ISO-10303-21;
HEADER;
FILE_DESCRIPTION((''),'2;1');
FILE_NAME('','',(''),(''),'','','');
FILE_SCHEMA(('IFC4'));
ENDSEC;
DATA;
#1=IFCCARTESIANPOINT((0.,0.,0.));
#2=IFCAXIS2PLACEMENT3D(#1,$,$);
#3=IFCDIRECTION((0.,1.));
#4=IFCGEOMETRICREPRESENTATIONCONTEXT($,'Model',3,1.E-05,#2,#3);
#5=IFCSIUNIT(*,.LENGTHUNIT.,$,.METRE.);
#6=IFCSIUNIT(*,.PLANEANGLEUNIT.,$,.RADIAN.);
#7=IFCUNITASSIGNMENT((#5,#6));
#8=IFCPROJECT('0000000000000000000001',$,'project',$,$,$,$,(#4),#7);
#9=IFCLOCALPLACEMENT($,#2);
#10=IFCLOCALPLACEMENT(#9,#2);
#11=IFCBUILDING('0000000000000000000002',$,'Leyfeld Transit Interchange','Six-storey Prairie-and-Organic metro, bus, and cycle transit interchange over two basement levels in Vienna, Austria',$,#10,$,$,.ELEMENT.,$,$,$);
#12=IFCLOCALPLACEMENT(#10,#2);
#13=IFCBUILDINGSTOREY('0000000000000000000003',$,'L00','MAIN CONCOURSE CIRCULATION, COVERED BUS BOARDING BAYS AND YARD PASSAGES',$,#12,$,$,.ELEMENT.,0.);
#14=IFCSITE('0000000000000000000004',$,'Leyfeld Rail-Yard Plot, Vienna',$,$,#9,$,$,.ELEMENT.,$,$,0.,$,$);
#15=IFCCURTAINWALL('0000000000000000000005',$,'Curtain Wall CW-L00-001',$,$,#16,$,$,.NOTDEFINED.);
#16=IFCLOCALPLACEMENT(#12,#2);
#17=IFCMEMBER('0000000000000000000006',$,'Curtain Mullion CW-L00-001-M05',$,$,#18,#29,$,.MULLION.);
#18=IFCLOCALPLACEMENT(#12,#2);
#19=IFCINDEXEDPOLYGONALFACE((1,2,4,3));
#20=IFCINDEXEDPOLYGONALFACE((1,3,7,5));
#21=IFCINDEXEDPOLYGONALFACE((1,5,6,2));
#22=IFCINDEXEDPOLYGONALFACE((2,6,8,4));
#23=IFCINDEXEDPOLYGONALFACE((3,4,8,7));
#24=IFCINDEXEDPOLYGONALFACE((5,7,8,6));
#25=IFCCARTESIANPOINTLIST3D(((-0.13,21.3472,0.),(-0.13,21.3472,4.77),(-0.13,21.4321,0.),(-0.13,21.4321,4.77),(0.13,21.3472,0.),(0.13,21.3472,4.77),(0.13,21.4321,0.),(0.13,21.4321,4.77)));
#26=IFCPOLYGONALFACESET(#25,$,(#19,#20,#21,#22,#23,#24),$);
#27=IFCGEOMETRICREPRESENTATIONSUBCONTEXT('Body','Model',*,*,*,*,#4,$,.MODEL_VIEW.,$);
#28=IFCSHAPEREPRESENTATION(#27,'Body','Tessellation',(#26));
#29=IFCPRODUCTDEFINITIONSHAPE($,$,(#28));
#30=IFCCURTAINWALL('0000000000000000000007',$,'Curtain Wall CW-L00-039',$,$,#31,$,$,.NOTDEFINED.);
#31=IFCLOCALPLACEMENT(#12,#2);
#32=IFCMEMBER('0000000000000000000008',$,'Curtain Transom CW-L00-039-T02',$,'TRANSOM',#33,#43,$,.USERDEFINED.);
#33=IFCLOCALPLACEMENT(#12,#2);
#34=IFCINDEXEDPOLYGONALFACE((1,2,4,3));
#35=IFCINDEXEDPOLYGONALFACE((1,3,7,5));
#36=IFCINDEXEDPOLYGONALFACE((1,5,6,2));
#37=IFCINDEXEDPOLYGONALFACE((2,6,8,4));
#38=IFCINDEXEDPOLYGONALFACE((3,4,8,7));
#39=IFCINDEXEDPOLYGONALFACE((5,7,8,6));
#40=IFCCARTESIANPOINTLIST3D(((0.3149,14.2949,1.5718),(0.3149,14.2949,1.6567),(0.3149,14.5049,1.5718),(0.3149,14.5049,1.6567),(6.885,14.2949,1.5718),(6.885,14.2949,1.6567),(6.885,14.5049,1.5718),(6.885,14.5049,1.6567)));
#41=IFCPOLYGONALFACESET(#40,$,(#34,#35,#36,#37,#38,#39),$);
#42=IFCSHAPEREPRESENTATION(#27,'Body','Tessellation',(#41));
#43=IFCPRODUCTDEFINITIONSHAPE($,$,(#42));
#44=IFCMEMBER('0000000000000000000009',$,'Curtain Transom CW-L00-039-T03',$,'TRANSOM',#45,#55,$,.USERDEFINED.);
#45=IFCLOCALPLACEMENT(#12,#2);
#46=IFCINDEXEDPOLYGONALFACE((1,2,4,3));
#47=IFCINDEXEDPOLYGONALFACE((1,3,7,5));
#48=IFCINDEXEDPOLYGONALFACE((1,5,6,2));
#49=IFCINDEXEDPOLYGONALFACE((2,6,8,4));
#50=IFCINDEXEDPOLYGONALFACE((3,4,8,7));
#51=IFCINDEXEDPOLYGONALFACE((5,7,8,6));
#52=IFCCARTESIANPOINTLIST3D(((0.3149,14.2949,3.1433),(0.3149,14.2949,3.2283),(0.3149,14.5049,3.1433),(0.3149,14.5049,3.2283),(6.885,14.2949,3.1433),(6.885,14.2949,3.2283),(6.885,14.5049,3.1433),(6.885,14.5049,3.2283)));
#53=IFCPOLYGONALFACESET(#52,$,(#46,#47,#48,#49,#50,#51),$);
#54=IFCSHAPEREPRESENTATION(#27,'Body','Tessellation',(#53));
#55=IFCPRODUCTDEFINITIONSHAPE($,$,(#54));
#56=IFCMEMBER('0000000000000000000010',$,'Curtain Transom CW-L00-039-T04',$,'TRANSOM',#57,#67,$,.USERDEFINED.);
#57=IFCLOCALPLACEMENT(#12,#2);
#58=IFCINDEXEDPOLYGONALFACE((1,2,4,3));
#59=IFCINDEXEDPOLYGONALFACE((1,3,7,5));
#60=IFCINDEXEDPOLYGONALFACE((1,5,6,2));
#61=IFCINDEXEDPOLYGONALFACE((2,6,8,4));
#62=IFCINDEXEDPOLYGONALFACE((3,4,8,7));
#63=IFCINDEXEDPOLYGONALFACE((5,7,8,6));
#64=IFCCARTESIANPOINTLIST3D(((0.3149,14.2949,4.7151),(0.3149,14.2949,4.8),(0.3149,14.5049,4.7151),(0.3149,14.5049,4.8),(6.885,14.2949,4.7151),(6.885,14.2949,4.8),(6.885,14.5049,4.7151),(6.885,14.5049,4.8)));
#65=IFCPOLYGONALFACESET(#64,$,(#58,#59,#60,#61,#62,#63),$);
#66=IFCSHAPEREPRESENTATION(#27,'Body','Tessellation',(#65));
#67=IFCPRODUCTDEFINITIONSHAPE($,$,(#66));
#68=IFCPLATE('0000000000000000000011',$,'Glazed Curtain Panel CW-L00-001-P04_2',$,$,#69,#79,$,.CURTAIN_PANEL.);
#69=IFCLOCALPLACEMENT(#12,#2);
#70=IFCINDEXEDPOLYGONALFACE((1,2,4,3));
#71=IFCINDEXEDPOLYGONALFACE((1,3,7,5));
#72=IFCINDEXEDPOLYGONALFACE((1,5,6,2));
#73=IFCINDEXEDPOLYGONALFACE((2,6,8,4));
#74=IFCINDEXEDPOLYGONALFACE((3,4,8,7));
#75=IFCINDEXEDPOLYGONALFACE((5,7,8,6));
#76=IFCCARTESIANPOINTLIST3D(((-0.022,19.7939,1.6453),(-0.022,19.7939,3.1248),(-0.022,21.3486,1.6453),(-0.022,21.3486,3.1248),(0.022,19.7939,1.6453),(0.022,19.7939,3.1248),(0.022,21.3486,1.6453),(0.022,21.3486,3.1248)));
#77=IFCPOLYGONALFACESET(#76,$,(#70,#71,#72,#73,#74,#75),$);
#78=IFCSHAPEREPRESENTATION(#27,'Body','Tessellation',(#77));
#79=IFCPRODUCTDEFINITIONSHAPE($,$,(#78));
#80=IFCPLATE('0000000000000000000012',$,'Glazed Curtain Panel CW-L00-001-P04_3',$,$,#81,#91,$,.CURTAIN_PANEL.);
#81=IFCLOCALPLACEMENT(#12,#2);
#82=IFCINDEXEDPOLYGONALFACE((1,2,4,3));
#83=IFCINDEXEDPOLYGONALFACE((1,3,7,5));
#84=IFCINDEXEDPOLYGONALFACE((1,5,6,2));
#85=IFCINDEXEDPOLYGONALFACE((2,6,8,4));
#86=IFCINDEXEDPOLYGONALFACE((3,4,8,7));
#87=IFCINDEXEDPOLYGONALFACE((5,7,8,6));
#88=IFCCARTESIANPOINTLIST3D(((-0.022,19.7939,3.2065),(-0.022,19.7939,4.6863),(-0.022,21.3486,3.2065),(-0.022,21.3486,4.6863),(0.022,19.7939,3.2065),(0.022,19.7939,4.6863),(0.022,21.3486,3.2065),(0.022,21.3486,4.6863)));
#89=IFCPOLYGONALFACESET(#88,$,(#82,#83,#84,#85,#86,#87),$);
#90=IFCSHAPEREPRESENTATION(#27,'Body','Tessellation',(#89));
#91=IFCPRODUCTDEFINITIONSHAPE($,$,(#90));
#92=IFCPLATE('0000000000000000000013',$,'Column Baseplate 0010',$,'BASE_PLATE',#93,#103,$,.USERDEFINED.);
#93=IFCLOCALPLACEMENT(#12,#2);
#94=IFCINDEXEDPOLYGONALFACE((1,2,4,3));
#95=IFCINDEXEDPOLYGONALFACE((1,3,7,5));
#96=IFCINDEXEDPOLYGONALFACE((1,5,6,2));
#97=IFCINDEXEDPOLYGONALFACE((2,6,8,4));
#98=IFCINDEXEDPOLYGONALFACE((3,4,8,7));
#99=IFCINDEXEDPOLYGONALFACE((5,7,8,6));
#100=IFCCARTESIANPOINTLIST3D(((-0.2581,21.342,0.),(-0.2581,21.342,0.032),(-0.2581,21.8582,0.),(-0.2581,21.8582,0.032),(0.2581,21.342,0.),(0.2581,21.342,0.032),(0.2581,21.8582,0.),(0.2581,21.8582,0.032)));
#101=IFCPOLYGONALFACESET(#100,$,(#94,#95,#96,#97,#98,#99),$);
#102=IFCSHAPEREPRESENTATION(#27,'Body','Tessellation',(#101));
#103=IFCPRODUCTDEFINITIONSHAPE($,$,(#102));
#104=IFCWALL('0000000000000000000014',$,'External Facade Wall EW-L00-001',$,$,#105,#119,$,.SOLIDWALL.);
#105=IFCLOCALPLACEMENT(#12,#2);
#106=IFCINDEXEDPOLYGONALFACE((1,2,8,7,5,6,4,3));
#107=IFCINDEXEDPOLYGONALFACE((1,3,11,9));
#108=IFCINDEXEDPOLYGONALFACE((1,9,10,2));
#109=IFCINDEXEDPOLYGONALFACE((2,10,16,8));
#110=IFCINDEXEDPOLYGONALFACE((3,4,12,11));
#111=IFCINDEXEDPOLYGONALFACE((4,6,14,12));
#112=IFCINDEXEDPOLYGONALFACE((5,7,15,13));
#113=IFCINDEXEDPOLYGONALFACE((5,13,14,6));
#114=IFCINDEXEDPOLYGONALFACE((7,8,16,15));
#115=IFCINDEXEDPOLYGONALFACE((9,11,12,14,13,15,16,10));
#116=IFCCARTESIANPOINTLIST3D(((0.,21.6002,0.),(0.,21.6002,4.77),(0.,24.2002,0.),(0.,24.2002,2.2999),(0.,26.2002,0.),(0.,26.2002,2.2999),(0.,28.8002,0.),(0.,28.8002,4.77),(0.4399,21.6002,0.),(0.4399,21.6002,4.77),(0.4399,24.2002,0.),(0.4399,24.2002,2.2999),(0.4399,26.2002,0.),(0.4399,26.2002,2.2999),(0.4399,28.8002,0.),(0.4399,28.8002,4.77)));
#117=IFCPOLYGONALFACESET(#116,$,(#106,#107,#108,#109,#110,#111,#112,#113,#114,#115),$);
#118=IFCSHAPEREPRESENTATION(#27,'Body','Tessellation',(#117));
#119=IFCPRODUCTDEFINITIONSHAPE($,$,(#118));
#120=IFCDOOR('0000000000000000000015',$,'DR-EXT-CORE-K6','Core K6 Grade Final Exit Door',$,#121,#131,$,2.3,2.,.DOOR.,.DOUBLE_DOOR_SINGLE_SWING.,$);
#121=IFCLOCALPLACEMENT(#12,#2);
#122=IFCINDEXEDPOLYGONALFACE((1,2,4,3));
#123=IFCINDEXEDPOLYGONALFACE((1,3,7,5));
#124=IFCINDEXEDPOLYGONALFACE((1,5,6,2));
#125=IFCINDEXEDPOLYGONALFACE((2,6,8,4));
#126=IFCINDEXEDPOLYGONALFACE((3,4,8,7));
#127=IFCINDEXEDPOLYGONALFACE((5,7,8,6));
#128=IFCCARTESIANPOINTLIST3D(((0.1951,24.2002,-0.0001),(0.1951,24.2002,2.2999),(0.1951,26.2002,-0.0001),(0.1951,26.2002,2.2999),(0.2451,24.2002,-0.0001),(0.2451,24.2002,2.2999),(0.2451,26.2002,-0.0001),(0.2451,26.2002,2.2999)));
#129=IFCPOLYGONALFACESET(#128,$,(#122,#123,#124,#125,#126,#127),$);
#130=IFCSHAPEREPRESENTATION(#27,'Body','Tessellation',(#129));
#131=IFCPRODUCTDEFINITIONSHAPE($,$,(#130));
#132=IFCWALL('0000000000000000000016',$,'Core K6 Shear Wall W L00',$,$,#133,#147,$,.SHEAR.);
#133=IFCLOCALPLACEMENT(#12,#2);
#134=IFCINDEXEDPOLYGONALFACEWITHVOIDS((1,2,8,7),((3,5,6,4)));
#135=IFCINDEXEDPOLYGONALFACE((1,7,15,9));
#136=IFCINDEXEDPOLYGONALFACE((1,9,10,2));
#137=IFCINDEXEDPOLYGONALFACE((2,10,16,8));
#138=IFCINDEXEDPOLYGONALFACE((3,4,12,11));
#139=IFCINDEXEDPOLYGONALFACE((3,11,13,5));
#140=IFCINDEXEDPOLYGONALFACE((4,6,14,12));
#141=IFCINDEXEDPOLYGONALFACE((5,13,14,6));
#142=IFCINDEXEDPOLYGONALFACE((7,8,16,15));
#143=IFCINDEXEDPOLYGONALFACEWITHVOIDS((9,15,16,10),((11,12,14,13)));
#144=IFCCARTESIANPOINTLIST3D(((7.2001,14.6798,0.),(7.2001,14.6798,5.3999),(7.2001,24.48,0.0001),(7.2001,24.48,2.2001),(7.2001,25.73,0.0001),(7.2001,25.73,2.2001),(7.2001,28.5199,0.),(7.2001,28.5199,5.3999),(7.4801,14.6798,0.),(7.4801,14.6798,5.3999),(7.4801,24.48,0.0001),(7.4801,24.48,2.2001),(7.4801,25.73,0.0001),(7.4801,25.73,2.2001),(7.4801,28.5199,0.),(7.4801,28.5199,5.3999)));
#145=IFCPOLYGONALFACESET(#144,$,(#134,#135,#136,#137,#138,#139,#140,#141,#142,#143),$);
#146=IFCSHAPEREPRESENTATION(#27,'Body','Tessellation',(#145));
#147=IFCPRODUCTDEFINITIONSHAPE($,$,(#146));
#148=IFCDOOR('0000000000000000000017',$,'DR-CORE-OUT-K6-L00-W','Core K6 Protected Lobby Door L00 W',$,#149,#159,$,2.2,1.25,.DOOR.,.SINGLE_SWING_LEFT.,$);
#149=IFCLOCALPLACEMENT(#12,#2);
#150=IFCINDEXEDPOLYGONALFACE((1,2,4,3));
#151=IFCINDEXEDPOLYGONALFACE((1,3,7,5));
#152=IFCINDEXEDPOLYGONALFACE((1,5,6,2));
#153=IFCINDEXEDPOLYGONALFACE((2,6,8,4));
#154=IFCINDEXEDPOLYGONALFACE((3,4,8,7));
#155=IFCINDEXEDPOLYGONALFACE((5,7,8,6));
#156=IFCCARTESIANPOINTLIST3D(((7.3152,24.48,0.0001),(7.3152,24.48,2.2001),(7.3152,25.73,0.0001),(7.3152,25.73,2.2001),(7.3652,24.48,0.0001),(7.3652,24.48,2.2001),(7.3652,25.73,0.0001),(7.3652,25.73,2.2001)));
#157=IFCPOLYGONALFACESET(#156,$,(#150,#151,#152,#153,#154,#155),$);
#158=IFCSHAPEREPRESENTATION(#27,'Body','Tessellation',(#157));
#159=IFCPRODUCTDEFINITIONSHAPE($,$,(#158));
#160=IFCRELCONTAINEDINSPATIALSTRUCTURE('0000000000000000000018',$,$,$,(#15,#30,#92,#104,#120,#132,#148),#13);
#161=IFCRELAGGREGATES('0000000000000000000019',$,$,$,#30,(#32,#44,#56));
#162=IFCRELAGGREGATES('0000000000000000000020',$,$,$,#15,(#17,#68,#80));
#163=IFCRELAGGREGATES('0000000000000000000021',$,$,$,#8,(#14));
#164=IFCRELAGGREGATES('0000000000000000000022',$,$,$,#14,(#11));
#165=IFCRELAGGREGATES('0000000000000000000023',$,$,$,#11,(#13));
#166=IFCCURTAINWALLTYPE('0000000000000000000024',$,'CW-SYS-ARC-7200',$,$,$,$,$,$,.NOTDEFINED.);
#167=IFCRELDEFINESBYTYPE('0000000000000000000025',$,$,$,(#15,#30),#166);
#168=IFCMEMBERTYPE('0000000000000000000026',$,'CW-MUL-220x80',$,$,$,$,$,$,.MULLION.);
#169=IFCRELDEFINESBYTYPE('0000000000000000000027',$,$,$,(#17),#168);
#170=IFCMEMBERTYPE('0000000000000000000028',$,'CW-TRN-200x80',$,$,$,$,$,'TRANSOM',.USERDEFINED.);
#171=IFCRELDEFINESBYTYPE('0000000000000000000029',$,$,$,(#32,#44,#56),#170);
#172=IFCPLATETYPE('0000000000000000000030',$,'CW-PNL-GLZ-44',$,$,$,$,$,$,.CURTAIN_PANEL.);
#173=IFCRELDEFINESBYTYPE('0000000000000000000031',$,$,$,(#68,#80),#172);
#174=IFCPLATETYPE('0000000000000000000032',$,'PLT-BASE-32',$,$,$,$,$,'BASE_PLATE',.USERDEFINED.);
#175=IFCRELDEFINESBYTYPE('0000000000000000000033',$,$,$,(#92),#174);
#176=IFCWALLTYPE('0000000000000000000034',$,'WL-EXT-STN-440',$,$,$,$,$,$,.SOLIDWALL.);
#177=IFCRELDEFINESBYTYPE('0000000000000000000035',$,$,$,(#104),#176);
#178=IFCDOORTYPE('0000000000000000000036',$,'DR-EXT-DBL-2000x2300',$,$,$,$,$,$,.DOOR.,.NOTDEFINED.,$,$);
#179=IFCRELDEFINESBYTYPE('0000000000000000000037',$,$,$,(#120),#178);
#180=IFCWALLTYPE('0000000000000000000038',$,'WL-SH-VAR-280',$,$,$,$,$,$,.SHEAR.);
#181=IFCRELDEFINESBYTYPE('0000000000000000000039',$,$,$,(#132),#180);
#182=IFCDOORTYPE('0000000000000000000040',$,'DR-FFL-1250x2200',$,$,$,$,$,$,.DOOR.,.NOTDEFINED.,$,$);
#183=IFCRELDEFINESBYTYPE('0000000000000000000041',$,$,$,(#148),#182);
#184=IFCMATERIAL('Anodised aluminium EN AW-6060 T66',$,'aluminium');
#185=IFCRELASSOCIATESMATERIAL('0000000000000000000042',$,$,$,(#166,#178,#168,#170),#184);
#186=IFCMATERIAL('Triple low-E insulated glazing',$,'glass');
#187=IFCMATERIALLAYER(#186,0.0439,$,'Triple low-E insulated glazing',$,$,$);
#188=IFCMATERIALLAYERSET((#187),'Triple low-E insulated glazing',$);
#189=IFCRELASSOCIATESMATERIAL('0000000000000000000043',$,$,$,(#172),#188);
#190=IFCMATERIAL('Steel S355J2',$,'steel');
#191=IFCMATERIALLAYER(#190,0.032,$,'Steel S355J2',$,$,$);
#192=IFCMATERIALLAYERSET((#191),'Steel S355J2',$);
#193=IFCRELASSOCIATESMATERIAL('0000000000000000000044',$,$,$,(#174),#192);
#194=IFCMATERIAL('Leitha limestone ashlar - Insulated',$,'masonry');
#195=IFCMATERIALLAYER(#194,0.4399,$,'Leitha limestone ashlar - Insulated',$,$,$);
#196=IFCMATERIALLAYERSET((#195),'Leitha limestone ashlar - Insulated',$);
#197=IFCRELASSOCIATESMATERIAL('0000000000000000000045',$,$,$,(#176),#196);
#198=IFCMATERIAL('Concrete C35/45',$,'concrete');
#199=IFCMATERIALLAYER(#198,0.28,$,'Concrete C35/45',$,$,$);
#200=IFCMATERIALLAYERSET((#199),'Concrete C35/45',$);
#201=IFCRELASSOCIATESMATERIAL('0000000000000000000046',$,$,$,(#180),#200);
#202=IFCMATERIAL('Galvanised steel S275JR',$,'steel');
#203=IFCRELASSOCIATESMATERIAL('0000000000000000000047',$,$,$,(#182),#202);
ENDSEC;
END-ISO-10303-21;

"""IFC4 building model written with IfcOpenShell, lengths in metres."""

from ifc_helpers import new_model, si_unit, direction, frame, frame_2d, origin, origin_2d, place, context, subcontext, project, spatial, rectangle, extrude, material, layer, layer_set, material_profile, profile_set, type_object, element, fill, aggregate, save


model = new_model("IFC4")

# Units and contexts
model_context = context("Model", 3, precision=1e-05, world=origin(), true_north=direction((0.0, 1.0)))
body_context = subcontext(model_context, "Body", "Model", "MODEL_VIEW")
ifc_project = project(units=[si_unit("LENGTHUNIT", "METRE"), si_unit("PLANEANGLEUNIT", "RADIAN")], contexts=[model_context])

# Site, building, storey
site_placement = place(None, origin())
site = spatial("IfcSite", under=ifc_project, at=site_placement, Name="Leyfeld Rail-Yard Plot, Vienna", CompositionType="ELEMENT", RefElevation=0.0)
building_placement = place(site_placement, origin())
building = spatial("IfcBuilding", under=site, at=building_placement, Name="Leyfeld Transit Interchange", Description="Six-storey Prairie-and-Organic metro, bus, and cycle transit interchange over two basement levels in Vienna, Austria", CompositionType="ELEMENT")
storey_placement = place(building_placement, origin())
storey = spatial("IfcBuildingStorey", under=building, at=storey_placement, Name="L00", Description="MAIN CONCOURSE CIRCULATION, COVERED BUS BOARDING BAYS AND YARD PASSAGES", CompositionType="ELEMENT", Elevation=0.0)

# Shared definitions
ifc_material_1 = material(Name="Concrete C35/45", Category="concrete")
ifc_material_2 = material(Name="Steel S355J2", Category="steel")

# Curtain wall, member
ifc_material_3 = material(Name="Anodised aluminium EN AW-6060 T66", Category="aluminium")
curtain_wall_type = type_object("IfcCurtainWallType", Name="CW-SYS-ARC-7200", PredefinedType="NOTDEFINED", material=ifc_material_3)
curtain_wall_1_placement = place(storey_placement, origin())
curtain_wall_1 = element("IfcCurtainWall", 1, at=curtain_wall_1_placement, inside=storey, type_object=curtain_wall_type, Name="Curtain Wall CW-L00-001", PredefinedType="NOTDEFINED")
ifc_material_profile_1 = material_profile(ifc_material_3, rectangle(XDim=0.085, YDim=0.26, at=origin_2d()), Name="CW-M 85x260")
ifc_profile_set_1 = profile_set([ifc_material_profile_1], Name="Anodised aluminium EN AW-6060 T66")
member_type_1 = type_object("IfcMemberType", Name="CW-MUL-220x80", PredefinedType="MULLION", material=ifc_profile_set_1)
member_1_placement = place(storey_placement, frame((0.0, 21.3896, 0.0), z_axis=(0.0, 0.0, 1.0), x_axis=(0.0, 1.0, 0.0)))
member_1 = element("IfcMember", 2, at=member_1_placement, type_object=member_type_1, Name="Curtain Mullion CW-L00-001-M05", PredefinedType="MULLION", context=body_context, shape_type="SweptSolid", body=[
    extrude(rectangle(XDim=0.085, YDim=0.26, at=origin_2d()), origin(), (0.0, 0.0, 1.0), 4.77),
])

# Curtain wall, members
curtain_wall_2_placement = place(storey_placement, origin())
curtain_wall_2 = element("IfcCurtainWall", 3, at=curtain_wall_2_placement, inside=storey, type_object=curtain_wall_type, Name="Curtain Wall CW-L00-039", PredefinedType="NOTDEFINED")
ifc_material_profile_2 = material_profile(ifc_material_3, rectangle(XDim=0.21, YDim=0.085, at=origin_2d()), Name="CW-TRN-200x80")
ifc_profile_set_2 = profile_set([ifc_material_profile_2], Name="Anodised aluminium EN AW-6060 T66")
member_type_2 = type_object("IfcMemberType", Name="CW-TRN-200x80", ElementType="TRANSOM", PredefinedType="USERDEFINED", material=ifc_profile_set_2)
member_2_placement = place(storey_placement, frame((6.885, 14.3999, 1.6143), z_axis=(-1.0, 0.0, 0.0), x_axis=(0.0, -1.0, 0.0)))
member_2 = element("IfcMember", 4, at=member_2_placement, type_object=member_type_2, Name="Curtain Transom CW-L00-039-T02", ObjectType="TRANSOM", PredefinedType="USERDEFINED", context=body_context, shape_type="SweptSolid", body=[
    extrude(rectangle(XDim=0.21, YDim=0.085, at=origin_2d()), origin(), (0.0, 0.0, 1.0), 6.5701),
])
member_3_placement = place(storey_placement, frame((6.885, 14.3999, 3.1858), z_axis=(-1.0, 0.0, 0.0), x_axis=(0.0, -1.0, 0.0)))
member_3 = element("IfcMember", 5, at=member_3_placement, type_object=member_type_2, Name="Curtain Transom CW-L00-039-T03", ObjectType="TRANSOM", PredefinedType="USERDEFINED", context=body_context, shape_type="SweptSolid", body=[
    extrude(rectangle(XDim=0.21, YDim=0.085, at=origin_2d()), origin(), (0.0, 0.0, 1.0), 6.5701),
])
member_4_placement = place(storey_placement, frame((6.885, 14.3999, 4.7576), z_axis=(-1.0, 0.0, 0.0), x_axis=(0.0, -1.0, 0.0)))
member_4 = element("IfcMember", 6, at=member_4_placement, type_object=member_type_2, Name="Curtain Transom CW-L00-039-T04", ObjectType="TRANSOM", PredefinedType="USERDEFINED", context=body_context, shape_type="SweptSolid", body=[
    extrude(rectangle(XDim=0.21, YDim=0.085, at=origin_2d()), origin(), (0.0, 0.0, 1.0), 6.5701),
])
aggregate(curtain_wall_2, [member_2, member_3, member_4])

# Plates
ifc_material_4 = material(Name="Triple low-E insulated glazing", Category="glass")
ifc_layer_1 = layer(ifc_material_4, 0.0439, Name="Triple low-E insulated glazing")
ifc_layer_set_1 = layer_set([ifc_layer_1], Name="Triple low-E insulated glazing")
plate_type_1 = type_object("IfcPlateType", Name="CW-PNL-GLZ-44", PredefinedType="CURTAIN_PANEL", material=ifc_layer_set_1)
plate_1_placement = place(storey_placement, frame((0.0, 20.5713, 1.6453), z_axis=(0.0, 0.0, 1.0), x_axis=(0.0, 1.0, 0.0)))
plate_1 = element("IfcPlate", 7, at=plate_1_placement, type_object=plate_type_1, Name="Glazed Curtain Panel CW-L00-001-P04_2", PredefinedType="CURTAIN_PANEL", context=body_context, shape_type="SweptSolid", body=[
    extrude(rectangle(XDim=1.5547, YDim=0.0439, at=origin_2d()), origin(), (0.0, 0.0, 1.0), 1.4795),
])
plate_2_placement = place(storey_placement, frame((0.0, 20.5713, 3.2065), z_axis=(0.0, 0.0, 1.0), x_axis=(0.0, 1.0, 0.0)))
plate_2 = element("IfcPlate", 8, at=plate_2_placement, type_object=plate_type_1, Name="Glazed Curtain Panel CW-L00-001-P04_3", PredefinedType="CURTAIN_PANEL", context=body_context, shape_type="SweptSolid", body=[
    extrude(rectangle(XDim=1.5547, YDim=0.0439, at=origin_2d()), origin(), (0.0, 0.0, 1.0), 1.4797),
])
aggregate(curtain_wall_1, [member_1, plate_1, plate_2])
ifc_layer_2 = layer(ifc_material_2, 0.032, Name="Steel S355J2")
ifc_layer_set_2 = layer_set([ifc_layer_2], Name="Steel S355J2")
plate_type_2 = type_object("IfcPlateType", Name="PLT-BASE-32", ElementType="BASE_PLATE", PredefinedType="USERDEFINED", material=ifc_layer_set_2)
plate_3_placement = place(storey_placement, frame((0.0, 21.6001, 0.0), z_axis=(0.0, 0.0, 1.0), x_axis=(1.0, 0.0, 0.0)))
element("IfcPlate", 9, at=plate_3_placement, inside=storey, type_object=plate_type_2, Name="Column Baseplate 0010", ObjectType="BASE_PLATE", PredefinedType="USERDEFINED", context=body_context, shape_type="SweptSolid", body=[
    extrude(rectangle(XDim=0.5161, YDim=0.5161, at=origin_2d()), origin(), (0.0, 0.0, 1.0), 0.032),
])

# Walls, openings, doors
ifc_material_5 = material(Name="Leitha limestone ashlar - Insulated", Category="masonry")
ifc_layer_3 = layer(ifc_material_5, 0.4399, Name="Leitha limestone ashlar - Insulated")
ifc_layer_set_3 = layer_set([ifc_layer_3], Name="Leitha limestone ashlar - Insulated")
wall_type_1 = type_object("IfcWallType", Name="WL-EXT-STN-440", PredefinedType="SOLIDWALL", material=ifc_layer_set_3)
wall_1_placement = place(storey_placement, frame((0.22, 21.6001, 0.0), z_axis=(0.0, 0.0, 1.0), x_axis=(0.0, 1.0, 0.0)))
wall_1 = element("IfcWall", 10, at=wall_1_placement, inside=storey, type_object=wall_type_1, Name="External Facade Wall EW-L00-001", PredefinedType="SOLIDWALL", context=body_context, shape_type="SweptSolid", body=[
    extrude(rectangle(XDim=7.2, YDim=0.4399, at=frame_2d((3.6001, 0.0))), origin(), (0.0, 0.0, 1.0), 4.77),
])
opening_1_placement = place(wall_1_placement, frame((2.6001, 0.0, 0.0)))
opening_1 = element("IfcOpeningElement", 11, at=opening_1_placement, cuts=wall_1, PredefinedType="OPENING", context=body_context, shape_type="SweptSolid", body=[
    extrude(rectangle(XDim=2.0, YDim=2.3, at=frame_2d((1.0, 1.1499))), frame((0.0, 0.23, 0.0), z_axis=(0.0, -1.0, 0.0), x_axis=(1.0, 0.0, 0.0)), (0.0, 0.0, 1.0), 0.46),
])
door_type_1 = type_object("IfcDoorType", Name="DR-EXT-DBL-2000x2300", OperationType="NOTDEFINED", PredefinedType="DOOR", material=ifc_material_3)
door_1_placement = place(opening_1_placement, origin())
door_1 = element("IfcDoor", 12, at=door_1_placement, inside=storey, type_object=door_type_1, Name="DR-EXT-CORE-K6", Description="Core K6 Grade Final Exit Door", OperationType="DOUBLE_DOOR_SINGLE_SWING", OverallHeight=2.3, OverallWidth=2.0, PredefinedType="DOOR", context=body_context, shape_type="SweptSolid", body=[
    extrude(rectangle(XDim=2.0, YDim=2.3, at=frame_2d((1.0, 1.1499))), frame((0.0, 0.0249, 0.0), z_axis=(0.0, -1.0, 0.0), x_axis=(1.0, 0.0, 0.0)), (0.0, 0.0, 1.0), 0.05),
])
fill(opening_1, door_1)
ifc_layer_4 = layer(ifc_material_1, 0.28, Name="Concrete C35/45")
ifc_layer_set_4 = layer_set([ifc_layer_4], Name="Concrete C35/45")
wall_type_2 = type_object("IfcWallType", Name="WL-SH-VAR-280", PredefinedType="SHEAR", material=ifc_layer_set_4)
wall_2_placement = place(storey_placement, frame((7.3401, 14.6799, 0.0), z_axis=(0.0, 0.0, 1.0), x_axis=(0.0, 1.0, 0.0)))
wall_2 = element("IfcWall", 13, at=wall_2_placement, inside=storey, type_object=wall_type_2, Name="Core K6 Shear Wall W L00", PredefinedType="SHEAR", context=body_context, shape_type="SweptSolid", body=[
    extrude(rectangle(XDim=13.8401, YDim=0.28, at=frame_2d((6.9199, 0.0))), origin(), (0.0, 0.0, 1.0), 5.3999),
])
opening_2_placement = place(wall_2_placement, frame((9.8, 0.0, 0.0)))
opening_2 = element("IfcOpeningElement", 14, at=opening_2_placement, cuts=wall_2, PredefinedType="OPENING", context=body_context, shape_type="SweptSolid", body=[
    extrude(rectangle(XDim=1.25, YDim=2.2, at=frame_2d((0.625, 1.1001))), frame((0.0, 0.1499, 0.0), z_axis=(0.0, -1.0, 0.0), x_axis=(1.0, 0.0, 0.0)), (0.0, 0.0, 1.0), 0.3),
])
ifc_material_6 = material(Name="Galvanised steel S275JR", Category="steel")
door_type_2 = type_object("IfcDoorType", Name="DR-FFL-1250x2200", OperationType="NOTDEFINED", PredefinedType="DOOR", material=ifc_material_6)
door_2_placement = place(opening_2_placement, origin())
door_2 = element("IfcDoor", 15, at=door_2_placement, inside=storey, type_object=door_type_2, Name="DR-CORE-OUT-K6-L00-W", Description="Core K6 Protected Lobby Door L00 W", OperationType="SINGLE_SWING_LEFT", OverallHeight=2.2, OverallWidth=1.25, PredefinedType="DOOR", context=body_context, shape_type="SweptSolid", body=[
    extrude(rectangle(XDim=1.25, YDim=2.2, at=frame_2d((0.625, 1.1001))), frame((0.0, 0.0249, 0.0), z_axis=(0.0, -1.0, 0.0), x_axis=(1.0, 0.0, 0.0)), (0.0, 0.0, 1.0), 0.05),
])
fill(opening_2, door_2)

save(model, "model.ifc")
